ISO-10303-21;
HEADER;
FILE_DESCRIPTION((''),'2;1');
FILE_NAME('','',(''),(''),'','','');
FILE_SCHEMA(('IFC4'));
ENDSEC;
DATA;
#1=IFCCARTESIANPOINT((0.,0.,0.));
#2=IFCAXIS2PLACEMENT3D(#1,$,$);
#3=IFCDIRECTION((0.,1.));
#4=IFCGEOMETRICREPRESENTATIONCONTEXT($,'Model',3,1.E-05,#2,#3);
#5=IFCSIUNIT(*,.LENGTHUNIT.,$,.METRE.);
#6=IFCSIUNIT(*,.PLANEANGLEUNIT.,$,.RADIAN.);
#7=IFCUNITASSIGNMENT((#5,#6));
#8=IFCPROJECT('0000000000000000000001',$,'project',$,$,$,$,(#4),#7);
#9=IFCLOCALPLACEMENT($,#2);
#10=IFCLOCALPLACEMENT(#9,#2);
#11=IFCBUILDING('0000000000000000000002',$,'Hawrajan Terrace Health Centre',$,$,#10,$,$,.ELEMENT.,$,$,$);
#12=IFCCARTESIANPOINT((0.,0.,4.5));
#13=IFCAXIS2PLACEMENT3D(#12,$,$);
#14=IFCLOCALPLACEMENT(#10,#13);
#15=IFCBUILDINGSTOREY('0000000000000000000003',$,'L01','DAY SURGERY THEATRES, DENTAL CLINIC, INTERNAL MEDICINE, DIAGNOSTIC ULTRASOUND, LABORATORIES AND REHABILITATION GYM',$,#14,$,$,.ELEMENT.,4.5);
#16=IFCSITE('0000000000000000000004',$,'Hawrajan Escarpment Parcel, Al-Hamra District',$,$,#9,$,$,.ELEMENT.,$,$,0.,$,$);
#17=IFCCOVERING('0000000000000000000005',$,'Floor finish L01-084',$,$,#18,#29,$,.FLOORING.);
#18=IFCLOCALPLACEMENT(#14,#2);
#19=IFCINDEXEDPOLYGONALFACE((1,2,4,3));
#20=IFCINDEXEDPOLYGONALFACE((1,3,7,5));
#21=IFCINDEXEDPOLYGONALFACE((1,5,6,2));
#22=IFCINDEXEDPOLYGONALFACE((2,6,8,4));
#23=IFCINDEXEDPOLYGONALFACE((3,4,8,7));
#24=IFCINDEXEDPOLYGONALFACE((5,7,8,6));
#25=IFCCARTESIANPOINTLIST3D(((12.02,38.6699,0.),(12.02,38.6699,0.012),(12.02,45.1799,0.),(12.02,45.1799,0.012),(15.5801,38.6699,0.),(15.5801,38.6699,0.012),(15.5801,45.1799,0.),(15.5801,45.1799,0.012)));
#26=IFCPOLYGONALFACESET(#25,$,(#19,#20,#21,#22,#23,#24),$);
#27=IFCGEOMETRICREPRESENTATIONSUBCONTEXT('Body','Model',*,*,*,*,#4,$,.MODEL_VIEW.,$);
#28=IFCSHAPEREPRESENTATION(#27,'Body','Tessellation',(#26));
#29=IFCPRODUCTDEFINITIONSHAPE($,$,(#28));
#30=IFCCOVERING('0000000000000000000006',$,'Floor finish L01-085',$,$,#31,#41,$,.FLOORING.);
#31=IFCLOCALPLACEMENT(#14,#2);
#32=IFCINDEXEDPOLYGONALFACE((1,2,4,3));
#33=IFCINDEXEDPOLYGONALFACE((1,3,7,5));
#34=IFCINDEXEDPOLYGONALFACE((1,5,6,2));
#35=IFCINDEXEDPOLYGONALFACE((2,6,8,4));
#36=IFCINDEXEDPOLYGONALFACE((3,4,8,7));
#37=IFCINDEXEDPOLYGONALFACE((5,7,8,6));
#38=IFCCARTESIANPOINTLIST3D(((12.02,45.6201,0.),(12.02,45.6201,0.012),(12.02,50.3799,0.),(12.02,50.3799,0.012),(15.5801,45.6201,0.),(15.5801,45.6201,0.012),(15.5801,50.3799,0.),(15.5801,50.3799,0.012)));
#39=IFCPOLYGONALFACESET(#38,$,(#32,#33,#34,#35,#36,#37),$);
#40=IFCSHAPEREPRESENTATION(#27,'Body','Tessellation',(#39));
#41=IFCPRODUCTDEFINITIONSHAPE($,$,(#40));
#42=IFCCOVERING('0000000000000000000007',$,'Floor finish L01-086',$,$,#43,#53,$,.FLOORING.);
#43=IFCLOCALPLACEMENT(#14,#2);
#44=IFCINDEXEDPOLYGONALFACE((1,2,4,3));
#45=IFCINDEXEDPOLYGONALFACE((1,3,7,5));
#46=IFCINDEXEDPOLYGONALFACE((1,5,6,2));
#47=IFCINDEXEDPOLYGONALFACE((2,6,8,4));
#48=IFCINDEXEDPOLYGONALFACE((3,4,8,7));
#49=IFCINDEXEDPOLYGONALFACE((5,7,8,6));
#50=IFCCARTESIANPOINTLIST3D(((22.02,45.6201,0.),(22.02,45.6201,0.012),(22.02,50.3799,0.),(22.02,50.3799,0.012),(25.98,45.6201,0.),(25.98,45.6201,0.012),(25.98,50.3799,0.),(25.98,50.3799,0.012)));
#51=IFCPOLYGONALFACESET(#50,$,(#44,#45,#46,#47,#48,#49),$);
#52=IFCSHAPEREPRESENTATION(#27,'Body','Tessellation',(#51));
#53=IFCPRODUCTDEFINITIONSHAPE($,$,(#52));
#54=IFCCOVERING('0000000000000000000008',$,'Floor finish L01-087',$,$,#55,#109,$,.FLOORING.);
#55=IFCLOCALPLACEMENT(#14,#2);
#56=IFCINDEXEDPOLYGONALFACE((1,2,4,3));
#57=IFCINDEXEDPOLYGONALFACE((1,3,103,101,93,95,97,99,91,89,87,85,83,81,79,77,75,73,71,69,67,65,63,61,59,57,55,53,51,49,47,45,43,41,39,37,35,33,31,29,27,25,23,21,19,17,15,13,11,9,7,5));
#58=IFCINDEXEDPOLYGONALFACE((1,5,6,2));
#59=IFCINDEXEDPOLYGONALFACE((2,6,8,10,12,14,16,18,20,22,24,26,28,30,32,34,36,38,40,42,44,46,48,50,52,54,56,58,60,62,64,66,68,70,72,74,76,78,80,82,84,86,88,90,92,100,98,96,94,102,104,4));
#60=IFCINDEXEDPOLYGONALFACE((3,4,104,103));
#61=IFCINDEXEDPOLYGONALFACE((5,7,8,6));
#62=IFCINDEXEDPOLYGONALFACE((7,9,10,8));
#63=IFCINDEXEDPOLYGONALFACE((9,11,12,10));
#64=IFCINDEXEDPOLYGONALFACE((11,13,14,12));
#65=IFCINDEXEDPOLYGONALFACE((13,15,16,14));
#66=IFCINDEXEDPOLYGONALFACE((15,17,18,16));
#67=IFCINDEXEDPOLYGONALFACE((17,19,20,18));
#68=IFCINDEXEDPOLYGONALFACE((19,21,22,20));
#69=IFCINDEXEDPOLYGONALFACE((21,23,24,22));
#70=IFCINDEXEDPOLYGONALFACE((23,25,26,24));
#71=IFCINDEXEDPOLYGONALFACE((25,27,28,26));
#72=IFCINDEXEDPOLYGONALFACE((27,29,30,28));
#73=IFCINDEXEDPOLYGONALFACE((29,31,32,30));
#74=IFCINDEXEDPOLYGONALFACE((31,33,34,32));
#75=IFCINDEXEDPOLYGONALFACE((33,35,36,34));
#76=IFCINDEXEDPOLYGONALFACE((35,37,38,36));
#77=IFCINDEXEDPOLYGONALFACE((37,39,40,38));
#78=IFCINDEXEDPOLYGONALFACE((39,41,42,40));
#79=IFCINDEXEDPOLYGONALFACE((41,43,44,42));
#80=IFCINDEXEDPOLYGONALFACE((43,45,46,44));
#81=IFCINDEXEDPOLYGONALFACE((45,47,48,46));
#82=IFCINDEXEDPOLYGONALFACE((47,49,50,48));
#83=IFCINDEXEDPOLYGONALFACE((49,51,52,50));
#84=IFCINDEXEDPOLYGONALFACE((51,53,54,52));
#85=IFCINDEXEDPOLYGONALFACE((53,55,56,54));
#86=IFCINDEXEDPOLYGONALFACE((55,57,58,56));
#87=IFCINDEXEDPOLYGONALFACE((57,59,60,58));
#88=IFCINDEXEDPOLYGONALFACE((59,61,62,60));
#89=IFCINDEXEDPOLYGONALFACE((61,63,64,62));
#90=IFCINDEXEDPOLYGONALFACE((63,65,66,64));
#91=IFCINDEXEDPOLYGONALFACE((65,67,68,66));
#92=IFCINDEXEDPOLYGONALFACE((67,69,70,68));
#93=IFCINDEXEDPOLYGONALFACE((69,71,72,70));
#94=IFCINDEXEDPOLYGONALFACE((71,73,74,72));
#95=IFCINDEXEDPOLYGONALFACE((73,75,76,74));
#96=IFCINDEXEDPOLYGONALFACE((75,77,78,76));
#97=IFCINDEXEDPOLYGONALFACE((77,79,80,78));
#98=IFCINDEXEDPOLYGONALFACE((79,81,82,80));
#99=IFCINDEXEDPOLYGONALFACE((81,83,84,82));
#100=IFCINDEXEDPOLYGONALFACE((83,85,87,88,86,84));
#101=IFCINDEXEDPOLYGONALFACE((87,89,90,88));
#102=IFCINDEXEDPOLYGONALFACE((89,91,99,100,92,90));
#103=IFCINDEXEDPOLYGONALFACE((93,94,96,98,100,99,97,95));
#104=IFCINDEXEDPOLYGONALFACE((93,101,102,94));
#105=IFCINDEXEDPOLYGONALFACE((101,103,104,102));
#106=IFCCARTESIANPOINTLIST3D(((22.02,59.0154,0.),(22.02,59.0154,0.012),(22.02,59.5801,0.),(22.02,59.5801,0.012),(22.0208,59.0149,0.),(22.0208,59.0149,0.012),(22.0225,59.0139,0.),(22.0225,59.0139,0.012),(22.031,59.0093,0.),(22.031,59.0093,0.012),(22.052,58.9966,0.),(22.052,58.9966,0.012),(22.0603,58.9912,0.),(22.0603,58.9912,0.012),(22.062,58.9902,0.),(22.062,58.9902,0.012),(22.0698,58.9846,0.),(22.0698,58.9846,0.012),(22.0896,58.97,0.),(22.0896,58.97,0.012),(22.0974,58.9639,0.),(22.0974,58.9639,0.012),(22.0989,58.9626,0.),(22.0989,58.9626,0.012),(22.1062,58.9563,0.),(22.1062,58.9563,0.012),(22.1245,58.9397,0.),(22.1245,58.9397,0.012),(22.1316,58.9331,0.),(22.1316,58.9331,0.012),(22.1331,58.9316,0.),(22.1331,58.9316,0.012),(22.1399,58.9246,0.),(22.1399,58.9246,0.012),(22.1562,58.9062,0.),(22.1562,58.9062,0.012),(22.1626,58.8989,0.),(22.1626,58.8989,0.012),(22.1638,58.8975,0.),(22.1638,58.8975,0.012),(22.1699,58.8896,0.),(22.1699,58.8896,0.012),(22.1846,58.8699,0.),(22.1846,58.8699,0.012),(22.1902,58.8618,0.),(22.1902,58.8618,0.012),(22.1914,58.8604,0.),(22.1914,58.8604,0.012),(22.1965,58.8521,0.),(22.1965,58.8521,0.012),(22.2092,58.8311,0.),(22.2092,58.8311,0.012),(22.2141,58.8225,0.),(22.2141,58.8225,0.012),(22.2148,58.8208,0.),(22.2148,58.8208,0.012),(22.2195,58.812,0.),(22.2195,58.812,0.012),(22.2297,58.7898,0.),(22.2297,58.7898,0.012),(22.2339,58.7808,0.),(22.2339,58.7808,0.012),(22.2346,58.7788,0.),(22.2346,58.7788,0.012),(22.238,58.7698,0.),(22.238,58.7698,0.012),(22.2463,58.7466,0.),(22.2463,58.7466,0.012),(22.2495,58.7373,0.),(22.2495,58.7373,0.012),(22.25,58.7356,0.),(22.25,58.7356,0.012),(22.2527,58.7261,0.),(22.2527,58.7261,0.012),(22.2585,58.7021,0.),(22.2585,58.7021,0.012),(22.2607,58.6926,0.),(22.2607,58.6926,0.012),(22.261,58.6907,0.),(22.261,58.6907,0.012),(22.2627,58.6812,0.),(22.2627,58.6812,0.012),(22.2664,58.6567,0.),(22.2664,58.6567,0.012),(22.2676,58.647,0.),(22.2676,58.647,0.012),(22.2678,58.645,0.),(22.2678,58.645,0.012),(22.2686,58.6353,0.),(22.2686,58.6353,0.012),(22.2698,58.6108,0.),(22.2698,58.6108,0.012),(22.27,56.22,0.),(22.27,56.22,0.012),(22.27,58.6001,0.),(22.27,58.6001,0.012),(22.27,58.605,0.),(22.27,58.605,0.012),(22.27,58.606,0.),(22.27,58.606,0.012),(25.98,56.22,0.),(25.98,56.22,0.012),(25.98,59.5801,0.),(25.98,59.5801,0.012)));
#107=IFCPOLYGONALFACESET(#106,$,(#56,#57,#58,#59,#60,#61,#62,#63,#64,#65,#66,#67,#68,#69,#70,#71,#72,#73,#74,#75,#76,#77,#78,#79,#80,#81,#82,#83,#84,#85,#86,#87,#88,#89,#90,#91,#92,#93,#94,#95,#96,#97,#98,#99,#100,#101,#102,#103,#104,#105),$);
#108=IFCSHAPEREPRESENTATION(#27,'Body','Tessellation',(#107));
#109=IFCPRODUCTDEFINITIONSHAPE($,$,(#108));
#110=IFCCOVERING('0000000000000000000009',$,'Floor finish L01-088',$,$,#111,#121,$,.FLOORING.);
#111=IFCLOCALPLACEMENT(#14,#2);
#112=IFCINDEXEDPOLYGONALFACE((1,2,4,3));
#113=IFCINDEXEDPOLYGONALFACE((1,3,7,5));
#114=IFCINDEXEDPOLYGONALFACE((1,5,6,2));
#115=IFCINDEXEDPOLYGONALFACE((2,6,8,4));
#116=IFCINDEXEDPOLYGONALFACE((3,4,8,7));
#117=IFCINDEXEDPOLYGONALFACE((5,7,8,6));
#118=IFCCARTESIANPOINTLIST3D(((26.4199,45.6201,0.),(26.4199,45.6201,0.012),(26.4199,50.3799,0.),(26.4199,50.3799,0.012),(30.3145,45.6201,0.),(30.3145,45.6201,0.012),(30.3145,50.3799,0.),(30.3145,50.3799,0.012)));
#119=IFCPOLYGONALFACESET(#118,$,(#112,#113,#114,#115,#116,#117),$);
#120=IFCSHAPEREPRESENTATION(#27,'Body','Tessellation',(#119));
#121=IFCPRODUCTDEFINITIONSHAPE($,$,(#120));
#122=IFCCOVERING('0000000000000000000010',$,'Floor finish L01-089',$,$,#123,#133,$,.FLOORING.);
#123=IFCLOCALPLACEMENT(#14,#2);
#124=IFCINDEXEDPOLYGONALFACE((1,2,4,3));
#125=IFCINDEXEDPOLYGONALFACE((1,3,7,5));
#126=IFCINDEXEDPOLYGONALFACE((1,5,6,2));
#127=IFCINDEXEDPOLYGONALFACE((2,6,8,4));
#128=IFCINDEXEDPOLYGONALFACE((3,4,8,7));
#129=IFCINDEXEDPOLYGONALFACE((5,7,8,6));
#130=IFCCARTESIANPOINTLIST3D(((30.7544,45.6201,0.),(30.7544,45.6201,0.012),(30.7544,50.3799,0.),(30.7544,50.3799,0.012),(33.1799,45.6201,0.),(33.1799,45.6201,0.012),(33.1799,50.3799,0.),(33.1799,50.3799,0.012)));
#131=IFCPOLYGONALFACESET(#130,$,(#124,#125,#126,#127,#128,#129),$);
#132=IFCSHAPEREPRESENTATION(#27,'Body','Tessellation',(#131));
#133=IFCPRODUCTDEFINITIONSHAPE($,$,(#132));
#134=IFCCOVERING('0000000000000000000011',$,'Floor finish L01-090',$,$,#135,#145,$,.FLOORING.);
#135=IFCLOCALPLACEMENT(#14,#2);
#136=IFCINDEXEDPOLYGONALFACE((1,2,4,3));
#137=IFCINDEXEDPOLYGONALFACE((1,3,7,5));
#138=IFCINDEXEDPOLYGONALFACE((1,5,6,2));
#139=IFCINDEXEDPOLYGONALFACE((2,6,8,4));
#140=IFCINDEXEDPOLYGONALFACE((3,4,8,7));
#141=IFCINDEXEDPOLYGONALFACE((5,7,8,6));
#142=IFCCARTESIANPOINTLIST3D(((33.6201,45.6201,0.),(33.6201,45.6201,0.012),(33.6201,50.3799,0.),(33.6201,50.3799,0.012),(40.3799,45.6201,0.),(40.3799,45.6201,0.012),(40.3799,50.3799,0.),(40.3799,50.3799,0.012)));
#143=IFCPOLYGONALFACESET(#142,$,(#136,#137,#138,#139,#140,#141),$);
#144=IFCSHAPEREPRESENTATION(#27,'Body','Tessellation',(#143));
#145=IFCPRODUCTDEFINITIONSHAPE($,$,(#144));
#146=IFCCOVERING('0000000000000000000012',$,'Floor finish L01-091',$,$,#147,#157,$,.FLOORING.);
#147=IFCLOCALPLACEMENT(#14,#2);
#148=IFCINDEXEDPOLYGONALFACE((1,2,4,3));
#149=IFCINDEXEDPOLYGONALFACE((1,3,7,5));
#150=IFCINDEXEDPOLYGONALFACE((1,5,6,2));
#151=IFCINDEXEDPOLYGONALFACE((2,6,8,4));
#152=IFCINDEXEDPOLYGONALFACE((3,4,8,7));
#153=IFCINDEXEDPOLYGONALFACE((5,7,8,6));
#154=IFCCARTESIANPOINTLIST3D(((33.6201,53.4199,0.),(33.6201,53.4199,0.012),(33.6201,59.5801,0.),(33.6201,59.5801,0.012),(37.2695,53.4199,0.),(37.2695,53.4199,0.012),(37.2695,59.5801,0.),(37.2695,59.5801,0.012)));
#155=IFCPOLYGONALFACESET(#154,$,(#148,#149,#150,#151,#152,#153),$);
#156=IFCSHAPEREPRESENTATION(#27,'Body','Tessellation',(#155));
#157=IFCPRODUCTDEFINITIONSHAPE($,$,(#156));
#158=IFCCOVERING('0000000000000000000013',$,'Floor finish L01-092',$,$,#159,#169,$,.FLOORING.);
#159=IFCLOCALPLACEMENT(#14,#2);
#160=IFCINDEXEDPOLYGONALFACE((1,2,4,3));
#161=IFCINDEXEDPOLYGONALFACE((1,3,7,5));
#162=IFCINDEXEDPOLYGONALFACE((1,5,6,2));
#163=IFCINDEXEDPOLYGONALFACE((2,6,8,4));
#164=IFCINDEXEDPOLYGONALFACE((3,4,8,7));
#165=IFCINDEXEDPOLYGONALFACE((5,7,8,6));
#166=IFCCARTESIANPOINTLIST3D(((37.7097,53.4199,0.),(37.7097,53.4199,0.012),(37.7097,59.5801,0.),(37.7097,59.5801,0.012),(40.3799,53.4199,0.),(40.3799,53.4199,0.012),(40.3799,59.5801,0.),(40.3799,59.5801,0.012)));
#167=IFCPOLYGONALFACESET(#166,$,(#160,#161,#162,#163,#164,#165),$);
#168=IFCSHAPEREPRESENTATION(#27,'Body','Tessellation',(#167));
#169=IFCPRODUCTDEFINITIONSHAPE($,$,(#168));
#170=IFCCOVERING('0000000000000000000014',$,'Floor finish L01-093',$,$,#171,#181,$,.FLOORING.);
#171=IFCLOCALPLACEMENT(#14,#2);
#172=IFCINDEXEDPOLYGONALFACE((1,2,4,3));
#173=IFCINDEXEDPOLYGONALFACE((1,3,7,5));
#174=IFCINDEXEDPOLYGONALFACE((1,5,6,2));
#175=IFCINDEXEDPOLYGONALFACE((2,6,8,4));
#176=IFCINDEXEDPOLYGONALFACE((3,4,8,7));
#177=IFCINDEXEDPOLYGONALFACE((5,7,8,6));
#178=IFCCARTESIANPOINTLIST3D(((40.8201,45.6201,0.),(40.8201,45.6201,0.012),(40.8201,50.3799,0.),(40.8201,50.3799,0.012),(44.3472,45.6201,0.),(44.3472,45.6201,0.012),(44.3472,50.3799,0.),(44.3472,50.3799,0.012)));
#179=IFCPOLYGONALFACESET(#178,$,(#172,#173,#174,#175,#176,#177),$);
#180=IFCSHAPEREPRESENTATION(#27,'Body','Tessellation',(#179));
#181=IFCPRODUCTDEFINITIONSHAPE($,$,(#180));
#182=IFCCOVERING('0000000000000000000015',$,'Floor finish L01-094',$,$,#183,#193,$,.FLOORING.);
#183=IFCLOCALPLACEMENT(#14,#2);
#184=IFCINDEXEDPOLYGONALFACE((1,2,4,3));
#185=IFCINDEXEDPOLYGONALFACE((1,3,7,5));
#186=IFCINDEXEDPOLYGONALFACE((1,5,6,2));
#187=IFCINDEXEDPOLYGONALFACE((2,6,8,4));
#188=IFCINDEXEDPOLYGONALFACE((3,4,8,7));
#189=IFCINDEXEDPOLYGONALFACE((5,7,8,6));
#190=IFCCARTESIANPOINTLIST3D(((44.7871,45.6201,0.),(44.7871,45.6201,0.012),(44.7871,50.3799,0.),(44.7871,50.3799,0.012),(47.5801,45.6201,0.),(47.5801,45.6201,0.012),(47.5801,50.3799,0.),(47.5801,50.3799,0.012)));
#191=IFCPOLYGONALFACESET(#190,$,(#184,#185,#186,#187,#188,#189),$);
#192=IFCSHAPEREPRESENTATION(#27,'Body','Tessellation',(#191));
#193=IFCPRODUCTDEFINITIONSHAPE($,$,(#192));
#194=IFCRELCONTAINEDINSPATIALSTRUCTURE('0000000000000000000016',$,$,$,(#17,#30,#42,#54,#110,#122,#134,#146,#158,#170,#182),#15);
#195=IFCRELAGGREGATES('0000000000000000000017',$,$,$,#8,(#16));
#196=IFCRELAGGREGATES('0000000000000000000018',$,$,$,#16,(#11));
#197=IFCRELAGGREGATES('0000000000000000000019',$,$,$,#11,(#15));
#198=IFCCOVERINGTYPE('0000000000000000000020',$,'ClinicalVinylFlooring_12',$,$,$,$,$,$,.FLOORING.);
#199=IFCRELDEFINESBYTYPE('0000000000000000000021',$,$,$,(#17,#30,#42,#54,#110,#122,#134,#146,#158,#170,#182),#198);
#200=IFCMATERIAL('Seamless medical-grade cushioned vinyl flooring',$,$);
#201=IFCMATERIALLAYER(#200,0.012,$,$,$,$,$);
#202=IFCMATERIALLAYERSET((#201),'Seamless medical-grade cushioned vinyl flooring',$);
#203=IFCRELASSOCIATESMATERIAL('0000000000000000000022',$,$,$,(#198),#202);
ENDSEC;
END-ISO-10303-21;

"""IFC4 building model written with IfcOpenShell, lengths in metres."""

from ifc_helpers import new_model, si_unit, direction, frame, origin, place, context, subcontext, project, spatial, polyline, outline, extrude, material, layer, layer_set, type_object, element, save


model = new_model("IFC4")

# Units and contexts
model_context = context("Model", 3, precision=1e-05, world=origin(), true_north=direction((0.0, 1.0)))
body_context = subcontext(model_context, "Body", "Model", "MODEL_VIEW")
ifc_project = project(units=[si_unit("LENGTHUNIT", "METRE"), si_unit("PLANEANGLEUNIT", "RADIAN")], contexts=[model_context])

# Site, building, storey
site_placement = place(None, origin())
site = spatial("IfcSite", under=ifc_project, at=site_placement, Name="Hawrajan Escarpment Parcel, Al-Hamra District", CompositionType="ELEMENT", RefElevation=0.0)
building_placement = place(site_placement, origin())
building = spatial("IfcBuilding", under=site, at=building_placement, Name="Hawrajan Terrace Health Centre", CompositionType="ELEMENT")
storey_placement = place(building_placement, frame((0.0, 0.0, 4.5)))
storey = spatial("IfcBuildingStorey", under=building, at=storey_placement, Name="L01", Description="DAY SURGERY THEATRES, DENTAL CLINIC, INTERNAL MEDICINE, DIAGNOSTIC ULTRASOUND, LABORATORIES AND REHABILITATION GYM", CompositionType="ELEMENT", Elevation=4.5)

# Coverings
ifc_material = material(Name="Seamless medical-grade cushioned vinyl flooring")
ifc_layer = layer(ifc_material, 0.012)
ifc_layer_set = layer_set([ifc_layer], Name="Seamless medical-grade cushioned vinyl flooring")
covering_type = type_object("IfcCoveringType", Name="ClinicalVinylFlooring_12", PredefinedType="FLOORING", material=ifc_layer_set)
covering_1_placement = place(storey_placement, origin())
element("IfcCovering", 1, at=covering_1_placement, inside=storey, type_object=covering_type, Name="Floor finish L01-084", PredefinedType="FLOORING", context=body_context, shape_type="SweptSolid", body=[
    extrude(outline(polyline([(12.02, 45.1799), (15.5801, 45.1799), (15.5801, 38.6699), (12.02, 38.6699), (12.02, 45.1799)])), origin(), (0.0, 0.0, 1.0), 0.012),
])
covering_2_placement = place(storey_placement, origin())
element("IfcCovering", 2, at=covering_2_placement, inside=storey, type_object=covering_type, Name="Floor finish L01-085", PredefinedType="FLOORING", context=body_context, shape_type="SweptSolid", body=[
    extrude(outline(polyline([(12.02, 50.3799), (15.5801, 50.3799), (15.5801, 45.6201), (12.02, 45.6201), (12.02, 50.3799)])), origin(), (0.0, 0.0, 1.0), 0.012),
])
covering_3_placement = place(storey_placement, origin())
element("IfcCovering", 3, at=covering_3_placement, inside=storey, type_object=covering_type, Name="Floor finish L01-086", PredefinedType="FLOORING", context=body_context, shape_type="SweptSolid", body=[
    extrude(outline(polyline([(22.02, 50.3799), (25.98, 50.3799), (25.98, 45.6201), (22.02, 45.6201), (22.02, 50.3799)])), origin(), (0.0, 0.0, 1.0), 0.012),
])
covering_4_placement = place(storey_placement, origin())
element("IfcCovering", 4, at=covering_4_placement, inside=storey, type_object=covering_type, Name="Floor finish L01-087", PredefinedType="FLOORING", context=body_context, shape_type="SweptSolid", body=[
    extrude(outline(polyline([(22.02, 59.0154), (22.02, 59.5801), (25.98, 59.5801), (25.98, 56.22), (22.27, 56.22), (22.27, 58.6001), (22.27, 58.605), (22.27, 58.606), (22.2698, 58.6108), (22.2686, 58.6353), (22.2678, 58.645), (22.2676, 58.647), (22.2664, 58.6567), (22.2627, 58.6812), (22.261, 58.6907), (22.2607, 58.6926), (22.2585, 58.7021), (22.2527, 58.7261), (22.25, 58.7356), (22.2495, 58.7373), (22.2463, 58.7466), (22.238, 58.7698), (22.2346, 58.7788), (22.2339, 58.7808), (22.2297, 58.7898), (22.2195, 58.812), (22.2148, 58.8208), (22.2141, 58.8225), (22.2092, 58.8311), (22.1965, 58.8521), (22.1914, 58.8604), (22.1902, 58.8618), (22.1846, 58.8699), (22.1699, 58.8896), (22.1638, 58.8975), (22.1626, 58.8989), (22.1562, 58.9062), (22.1399, 58.9246), (22.1331, 58.9316), (22.1316, 58.9331), (22.1245, 58.9397), (22.1062, 58.9563), (22.0989, 58.9626), (22.0974, 58.9639), (22.0896, 58.97), (22.0698, 58.9846), (22.062, 58.9902), (22.0603, 58.9912), (22.052, 58.9966), (22.031, 59.0093), (22.0225, 59.0139), (22.0208, 59.0149), (22.02, 59.0154)])), origin(), (0.0, 0.0, 1.0), 0.012),
])
covering_5_placement = place(storey_placement, origin())
element("IfcCovering", 5, at=covering_5_placement, inside=storey, type_object=covering_type, Name="Floor finish L01-088", PredefinedType="FLOORING", context=body_context, shape_type="SweptSolid", body=[
    extrude(outline(polyline([(26.4199, 50.3799), (30.3145, 50.3799), (30.3145, 45.6201), (26.4199, 45.6201), (26.4199, 50.3799)])), origin(), (0.0, 0.0, 1.0), 0.012),
])
covering_6_placement = place(storey_placement, origin())
element("IfcCovering", 6, at=covering_6_placement, inside=storey, type_object=covering_type, Name="Floor finish L01-089", PredefinedType="FLOORING", context=body_context, shape_type="SweptSolid", body=[
    extrude(outline(polyline([(30.7544, 50.3799), (33.1799, 50.3799), (33.1799, 45.6201), (30.7544, 45.6201), (30.7544, 50.3799)])), origin(), (0.0, 0.0, 1.0), 0.012),
])
covering_7_placement = place(storey_placement, origin())
element("IfcCovering", 7, at=covering_7_placement, inside=storey, type_object=covering_type, Name="Floor finish L01-090", PredefinedType="FLOORING", context=body_context, shape_type="SweptSolid", body=[
    extrude(outline(polyline([(33.6201, 50.3799), (40.3799, 50.3799), (40.3799, 45.6201), (33.6201, 45.6201), (33.6201, 50.3799)])), origin(), (0.0, 0.0, 1.0), 0.012),
])
covering_8_placement = place(storey_placement, origin())
element("IfcCovering", 8, at=covering_8_placement, inside=storey, type_object=covering_type, Name="Floor finish L01-091", PredefinedType="FLOORING", context=body_context, shape_type="SweptSolid", body=[
    extrude(outline(polyline([(33.6201, 59.5801), (37.2695, 59.5801), (37.2695, 53.4199), (33.6201, 53.4199), (33.6201, 59.5801)])), origin(), (0.0, 0.0, 1.0), 0.012),
])
covering_9_placement = place(storey_placement, origin())
element("IfcCovering", 9, at=covering_9_placement, inside=storey, type_object=covering_type, Name="Floor finish L01-092", PredefinedType="FLOORING", context=body_context, shape_type="SweptSolid", body=[
    extrude(outline(polyline([(37.7097, 59.5801), (40.3799, 59.5801), (40.3799, 53.4199), (37.7097, 53.4199), (37.7097, 59.5801)])), origin(), (0.0, 0.0, 1.0), 0.012),
])
covering_10_placement = place(storey_placement, origin())
element("IfcCovering", 10, at=covering_10_placement, inside=storey, type_object=covering_type, Name="Floor finish L01-093", PredefinedType="FLOORING", context=body_context, shape_type="SweptSolid", body=[
    extrude(outline(polyline([(40.8201, 50.3799), (44.3472, 50.3799), (44.3472, 45.6201), (40.8201, 45.6201), (40.8201, 50.3799)])), origin(), (0.0, 0.0, 1.0), 0.012),
])
covering_11_placement = place(storey_placement, origin())
element("IfcCovering", 11, at=covering_11_placement, inside=storey, type_object=covering_type, Name="Floor finish L01-094", PredefinedType="FLOORING", context=body_context, shape_type="SweptSolid", body=[
    extrude(outline(polyline([(44.7871, 50.3799), (47.5801, 50.3799), (47.5801, 45.6201), (44.7871, 45.6201), (44.7871, 50.3799)])), origin(), (0.0, 0.0, 1.0), 0.012),
])

save(model, "model.ifc")
